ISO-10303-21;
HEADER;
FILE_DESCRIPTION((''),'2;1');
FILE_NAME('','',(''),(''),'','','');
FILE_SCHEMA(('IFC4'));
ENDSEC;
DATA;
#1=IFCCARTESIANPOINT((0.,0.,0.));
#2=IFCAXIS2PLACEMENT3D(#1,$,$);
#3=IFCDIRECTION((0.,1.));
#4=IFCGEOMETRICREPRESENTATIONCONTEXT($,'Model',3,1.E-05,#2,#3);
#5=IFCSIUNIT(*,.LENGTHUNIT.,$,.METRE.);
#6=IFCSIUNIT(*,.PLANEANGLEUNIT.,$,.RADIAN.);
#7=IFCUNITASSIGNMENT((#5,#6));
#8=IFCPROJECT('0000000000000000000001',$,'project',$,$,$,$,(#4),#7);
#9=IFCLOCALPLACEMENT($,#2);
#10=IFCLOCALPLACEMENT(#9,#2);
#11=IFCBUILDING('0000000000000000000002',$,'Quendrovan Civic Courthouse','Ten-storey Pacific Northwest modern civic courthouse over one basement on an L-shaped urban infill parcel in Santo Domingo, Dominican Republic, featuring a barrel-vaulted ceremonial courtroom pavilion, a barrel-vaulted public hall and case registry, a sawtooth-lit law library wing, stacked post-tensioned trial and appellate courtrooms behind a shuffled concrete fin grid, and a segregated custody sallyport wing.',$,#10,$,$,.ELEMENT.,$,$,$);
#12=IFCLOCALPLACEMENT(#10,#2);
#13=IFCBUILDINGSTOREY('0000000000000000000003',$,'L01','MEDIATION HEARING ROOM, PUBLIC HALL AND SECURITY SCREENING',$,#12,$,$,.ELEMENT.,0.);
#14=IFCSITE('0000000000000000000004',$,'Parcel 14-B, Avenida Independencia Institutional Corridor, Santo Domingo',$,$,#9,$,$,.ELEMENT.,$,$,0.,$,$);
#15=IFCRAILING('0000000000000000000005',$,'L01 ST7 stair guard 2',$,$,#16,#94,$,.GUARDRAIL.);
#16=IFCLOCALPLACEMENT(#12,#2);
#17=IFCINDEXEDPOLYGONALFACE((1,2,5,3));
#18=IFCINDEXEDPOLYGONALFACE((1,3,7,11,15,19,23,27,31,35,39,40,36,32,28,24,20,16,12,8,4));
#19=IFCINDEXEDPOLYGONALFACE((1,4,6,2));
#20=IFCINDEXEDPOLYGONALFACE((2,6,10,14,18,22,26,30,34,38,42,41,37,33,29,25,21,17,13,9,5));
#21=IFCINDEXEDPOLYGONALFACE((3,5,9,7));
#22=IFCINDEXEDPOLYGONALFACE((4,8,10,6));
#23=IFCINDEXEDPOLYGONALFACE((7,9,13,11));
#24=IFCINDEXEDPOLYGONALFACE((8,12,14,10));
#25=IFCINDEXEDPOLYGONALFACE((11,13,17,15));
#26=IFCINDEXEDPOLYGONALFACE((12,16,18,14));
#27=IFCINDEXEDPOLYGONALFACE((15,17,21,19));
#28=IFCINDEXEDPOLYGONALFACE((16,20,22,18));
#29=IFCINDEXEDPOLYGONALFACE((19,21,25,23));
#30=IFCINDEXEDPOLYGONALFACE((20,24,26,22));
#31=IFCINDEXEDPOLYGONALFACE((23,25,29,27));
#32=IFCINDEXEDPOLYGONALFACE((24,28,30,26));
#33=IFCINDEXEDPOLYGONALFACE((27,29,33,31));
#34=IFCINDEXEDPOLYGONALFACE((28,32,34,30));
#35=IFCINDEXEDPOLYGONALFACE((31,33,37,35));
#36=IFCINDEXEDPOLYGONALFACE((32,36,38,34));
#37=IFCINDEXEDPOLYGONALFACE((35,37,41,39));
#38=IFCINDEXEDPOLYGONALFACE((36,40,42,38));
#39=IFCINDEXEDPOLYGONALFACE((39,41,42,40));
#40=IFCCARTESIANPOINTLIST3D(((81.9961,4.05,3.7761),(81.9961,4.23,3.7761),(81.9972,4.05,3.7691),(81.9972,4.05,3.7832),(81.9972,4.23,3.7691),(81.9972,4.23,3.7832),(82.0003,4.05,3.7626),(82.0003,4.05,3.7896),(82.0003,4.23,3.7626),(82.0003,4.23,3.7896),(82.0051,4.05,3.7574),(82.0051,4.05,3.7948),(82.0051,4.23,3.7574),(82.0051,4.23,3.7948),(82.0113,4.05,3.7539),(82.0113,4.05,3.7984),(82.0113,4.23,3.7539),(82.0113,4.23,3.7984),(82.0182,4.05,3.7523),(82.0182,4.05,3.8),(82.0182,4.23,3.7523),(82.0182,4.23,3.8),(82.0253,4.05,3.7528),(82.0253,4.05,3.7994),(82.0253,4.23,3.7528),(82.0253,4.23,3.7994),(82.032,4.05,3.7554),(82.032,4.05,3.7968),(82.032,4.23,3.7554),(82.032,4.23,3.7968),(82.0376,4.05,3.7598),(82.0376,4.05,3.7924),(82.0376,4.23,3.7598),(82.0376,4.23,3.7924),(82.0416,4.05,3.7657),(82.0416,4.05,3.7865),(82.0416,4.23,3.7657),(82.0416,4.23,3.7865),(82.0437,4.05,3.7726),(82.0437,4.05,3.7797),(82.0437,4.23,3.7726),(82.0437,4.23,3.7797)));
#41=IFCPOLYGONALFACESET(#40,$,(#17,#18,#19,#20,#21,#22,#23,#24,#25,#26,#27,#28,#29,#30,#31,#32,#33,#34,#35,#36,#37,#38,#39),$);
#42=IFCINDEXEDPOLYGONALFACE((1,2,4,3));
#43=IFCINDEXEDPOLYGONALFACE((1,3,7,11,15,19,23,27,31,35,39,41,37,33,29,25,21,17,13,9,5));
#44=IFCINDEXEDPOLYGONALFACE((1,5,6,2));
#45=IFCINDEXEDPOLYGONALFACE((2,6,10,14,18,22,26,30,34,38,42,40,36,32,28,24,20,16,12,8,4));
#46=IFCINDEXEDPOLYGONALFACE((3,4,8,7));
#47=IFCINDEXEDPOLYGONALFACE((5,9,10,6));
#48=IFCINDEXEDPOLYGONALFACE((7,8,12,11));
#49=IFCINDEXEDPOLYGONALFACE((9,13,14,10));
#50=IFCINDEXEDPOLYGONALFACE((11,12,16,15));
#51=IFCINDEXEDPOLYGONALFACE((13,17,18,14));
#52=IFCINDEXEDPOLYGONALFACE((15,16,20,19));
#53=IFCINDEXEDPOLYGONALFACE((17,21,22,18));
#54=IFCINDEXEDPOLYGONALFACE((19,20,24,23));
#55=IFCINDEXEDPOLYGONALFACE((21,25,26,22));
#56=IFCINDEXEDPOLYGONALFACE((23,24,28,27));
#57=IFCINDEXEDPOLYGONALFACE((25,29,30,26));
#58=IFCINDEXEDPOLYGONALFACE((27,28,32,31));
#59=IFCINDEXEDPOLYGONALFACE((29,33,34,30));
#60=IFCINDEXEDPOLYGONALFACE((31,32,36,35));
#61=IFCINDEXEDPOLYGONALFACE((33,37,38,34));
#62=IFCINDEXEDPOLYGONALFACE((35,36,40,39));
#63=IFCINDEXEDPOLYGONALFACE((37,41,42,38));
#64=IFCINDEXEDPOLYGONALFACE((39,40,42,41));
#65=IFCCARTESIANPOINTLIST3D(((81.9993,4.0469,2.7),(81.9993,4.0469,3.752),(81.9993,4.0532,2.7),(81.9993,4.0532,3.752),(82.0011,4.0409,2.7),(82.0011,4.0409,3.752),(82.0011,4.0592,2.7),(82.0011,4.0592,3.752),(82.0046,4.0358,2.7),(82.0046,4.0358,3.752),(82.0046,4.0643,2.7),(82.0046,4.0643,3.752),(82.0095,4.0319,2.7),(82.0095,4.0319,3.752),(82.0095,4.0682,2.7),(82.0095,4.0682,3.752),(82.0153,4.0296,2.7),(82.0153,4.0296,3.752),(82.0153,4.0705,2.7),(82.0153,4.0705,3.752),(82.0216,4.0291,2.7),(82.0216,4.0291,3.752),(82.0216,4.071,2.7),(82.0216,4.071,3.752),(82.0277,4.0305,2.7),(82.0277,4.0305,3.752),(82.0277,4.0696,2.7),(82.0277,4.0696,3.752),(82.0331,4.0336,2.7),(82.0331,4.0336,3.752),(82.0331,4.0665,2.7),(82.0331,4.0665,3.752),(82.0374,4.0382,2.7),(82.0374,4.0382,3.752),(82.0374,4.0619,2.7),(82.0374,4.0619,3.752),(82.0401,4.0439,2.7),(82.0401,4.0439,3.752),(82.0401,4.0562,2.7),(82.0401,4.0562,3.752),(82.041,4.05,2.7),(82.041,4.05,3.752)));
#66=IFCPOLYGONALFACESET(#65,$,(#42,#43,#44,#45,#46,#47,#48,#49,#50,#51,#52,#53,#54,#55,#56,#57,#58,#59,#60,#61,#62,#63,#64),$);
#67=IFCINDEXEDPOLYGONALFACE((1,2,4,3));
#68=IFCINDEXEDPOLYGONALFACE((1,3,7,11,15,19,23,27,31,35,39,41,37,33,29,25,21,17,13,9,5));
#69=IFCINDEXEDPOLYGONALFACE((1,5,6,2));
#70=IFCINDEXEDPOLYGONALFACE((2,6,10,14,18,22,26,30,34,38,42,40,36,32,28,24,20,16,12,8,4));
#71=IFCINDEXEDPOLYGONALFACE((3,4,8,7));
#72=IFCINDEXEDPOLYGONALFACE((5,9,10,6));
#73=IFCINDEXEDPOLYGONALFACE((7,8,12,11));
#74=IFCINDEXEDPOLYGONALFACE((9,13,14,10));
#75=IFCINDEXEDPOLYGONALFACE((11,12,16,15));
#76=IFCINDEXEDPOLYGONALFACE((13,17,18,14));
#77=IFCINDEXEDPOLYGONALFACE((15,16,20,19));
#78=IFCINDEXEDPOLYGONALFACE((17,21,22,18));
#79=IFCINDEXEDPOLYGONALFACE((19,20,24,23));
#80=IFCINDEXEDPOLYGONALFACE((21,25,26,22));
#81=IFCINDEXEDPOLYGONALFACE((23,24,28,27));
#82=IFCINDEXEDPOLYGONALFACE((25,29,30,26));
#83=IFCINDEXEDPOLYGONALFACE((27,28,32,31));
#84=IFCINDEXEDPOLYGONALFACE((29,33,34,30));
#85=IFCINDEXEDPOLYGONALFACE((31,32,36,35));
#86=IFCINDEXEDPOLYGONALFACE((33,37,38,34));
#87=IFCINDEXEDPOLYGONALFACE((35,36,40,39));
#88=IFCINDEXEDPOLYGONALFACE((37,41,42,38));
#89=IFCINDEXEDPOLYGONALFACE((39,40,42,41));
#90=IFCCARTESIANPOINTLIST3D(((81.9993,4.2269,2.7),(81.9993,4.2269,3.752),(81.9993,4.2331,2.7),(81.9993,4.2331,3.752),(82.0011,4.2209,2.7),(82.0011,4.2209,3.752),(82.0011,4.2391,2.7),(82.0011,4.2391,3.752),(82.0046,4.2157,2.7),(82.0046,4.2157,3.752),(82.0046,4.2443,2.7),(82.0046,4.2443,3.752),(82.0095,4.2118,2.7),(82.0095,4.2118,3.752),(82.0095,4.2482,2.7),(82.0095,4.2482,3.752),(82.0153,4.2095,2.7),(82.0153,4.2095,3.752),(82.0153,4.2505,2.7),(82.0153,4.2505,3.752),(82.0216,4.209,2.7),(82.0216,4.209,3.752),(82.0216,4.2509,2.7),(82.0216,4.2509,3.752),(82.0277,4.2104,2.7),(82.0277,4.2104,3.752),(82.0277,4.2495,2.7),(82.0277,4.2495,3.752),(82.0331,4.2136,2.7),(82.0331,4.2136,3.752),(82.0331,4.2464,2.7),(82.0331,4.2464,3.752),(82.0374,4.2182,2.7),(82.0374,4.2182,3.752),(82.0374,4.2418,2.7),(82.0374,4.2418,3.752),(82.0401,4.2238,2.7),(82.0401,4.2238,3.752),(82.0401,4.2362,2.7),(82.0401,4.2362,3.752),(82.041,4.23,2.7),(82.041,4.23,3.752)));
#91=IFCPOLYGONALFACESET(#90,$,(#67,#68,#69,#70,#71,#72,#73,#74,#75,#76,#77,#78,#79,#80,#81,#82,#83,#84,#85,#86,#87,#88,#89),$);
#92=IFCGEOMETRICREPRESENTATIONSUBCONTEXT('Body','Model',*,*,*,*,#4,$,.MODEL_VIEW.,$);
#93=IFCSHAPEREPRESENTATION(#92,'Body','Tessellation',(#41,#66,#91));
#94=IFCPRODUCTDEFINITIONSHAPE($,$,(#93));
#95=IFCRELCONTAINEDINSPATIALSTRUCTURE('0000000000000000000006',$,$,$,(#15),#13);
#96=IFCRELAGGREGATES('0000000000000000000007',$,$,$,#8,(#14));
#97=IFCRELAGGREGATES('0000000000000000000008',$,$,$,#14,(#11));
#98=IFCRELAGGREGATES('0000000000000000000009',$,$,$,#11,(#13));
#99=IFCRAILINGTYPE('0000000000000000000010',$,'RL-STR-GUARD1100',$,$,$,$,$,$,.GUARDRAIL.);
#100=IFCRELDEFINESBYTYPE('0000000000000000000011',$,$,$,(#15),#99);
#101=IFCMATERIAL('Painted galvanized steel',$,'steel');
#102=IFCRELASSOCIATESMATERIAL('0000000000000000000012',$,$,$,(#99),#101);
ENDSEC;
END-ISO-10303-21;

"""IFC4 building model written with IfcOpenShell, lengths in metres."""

from ifc_helpers import new_model, si_unit, direction, frame, origin, origin_2d, place, context, subcontext, project, spatial, circle, extrude, material, type_object, element, save


model = new_model("IFC4")

# Units and contexts
model_context = context("Model", 3, precision=1e-05, world=origin(), true_north=direction((0.0, 1.0)))
body_context = subcontext(model_context, "Body", "Model", "MODEL_VIEW")
ifc_project = project(units=[si_unit("LENGTHUNIT", "METRE"), si_unit("PLANEANGLEUNIT", "RADIAN")], contexts=[model_context])

# Site, building, storey
site_placement = place(None, origin())
site = spatial("IfcSite", under=ifc_project, at=site_placement, Name="Parcel 14-B, Avenida Independencia Institutional Corridor, Santo Domingo", CompositionType="ELEMENT", RefElevation=0.0)
building_placement = place(site_placement, origin())
building = spatial("IfcBuilding", under=site, at=building_placement, Name="Quendrovan Civic Courthouse", Description="Ten-storey Pacific Northwest modern civic courthouse over one basement on an L-shaped urban infill parcel in Santo Domingo, Dominican Republic, featuring a barrel-vaulted ceremonial courtroom pavilion, a barrel-vaulted public hall and case registry, a sawtooth-lit law library wing, stacked post-tensioned trial and appellate courtrooms behind a shuffled concrete fin grid, and a segregated custody sallyport wing.", CompositionType="ELEMENT")
storey_placement = place(building_placement, origin())
storey = spatial("IfcBuildingStorey", under=building, at=storey_placement, Name="L01", Description="MEDIATION HEARING ROOM, PUBLIC HALL AND SECURITY SCREENING", CompositionType="ELEMENT", Elevation=0.0)

# Railing
ifc_material_1 = material(Name="Painted galvanized steel", Category="steel")
railing_type_1 = type_object("IfcRailingType", Name="RL-STR-GUARD1100", PredefinedType="GUARDRAIL", material=ifc_material_1)
railing_1_placement = place(storey_placement, frame((82.02, 4.05, 2.7)))
element("IfcRailing", 1, at=railing_1_placement, inside=storey, type_object=railing_type_1, Name="L01 ST7 stair guard 2", PredefinedType="GUARDRAIL", context=body_context, shape_type="SweptSolid", body=[
    extrude(circle(Radius=0.0239, at=origin_2d()), frame((0.0, 0.0, 1.0762), z_axis=(0.0, 1.0, 0.0), x_axis=(-1.0, 0.0, 0.0)), (0.0, 0.0, 1.0), 0.1799),
    extrude(circle(Radius=0.021, at=origin_2d()), origin(), (0.0, 0.0, 1.0), 1.052),
    extrude(circle(Radius=0.021, at=origin_2d()), frame((0.0, 0.1799, 0.0)), (0.0, 0.0, 1.0), 1.052),
])

save(model, "model.ifc")
